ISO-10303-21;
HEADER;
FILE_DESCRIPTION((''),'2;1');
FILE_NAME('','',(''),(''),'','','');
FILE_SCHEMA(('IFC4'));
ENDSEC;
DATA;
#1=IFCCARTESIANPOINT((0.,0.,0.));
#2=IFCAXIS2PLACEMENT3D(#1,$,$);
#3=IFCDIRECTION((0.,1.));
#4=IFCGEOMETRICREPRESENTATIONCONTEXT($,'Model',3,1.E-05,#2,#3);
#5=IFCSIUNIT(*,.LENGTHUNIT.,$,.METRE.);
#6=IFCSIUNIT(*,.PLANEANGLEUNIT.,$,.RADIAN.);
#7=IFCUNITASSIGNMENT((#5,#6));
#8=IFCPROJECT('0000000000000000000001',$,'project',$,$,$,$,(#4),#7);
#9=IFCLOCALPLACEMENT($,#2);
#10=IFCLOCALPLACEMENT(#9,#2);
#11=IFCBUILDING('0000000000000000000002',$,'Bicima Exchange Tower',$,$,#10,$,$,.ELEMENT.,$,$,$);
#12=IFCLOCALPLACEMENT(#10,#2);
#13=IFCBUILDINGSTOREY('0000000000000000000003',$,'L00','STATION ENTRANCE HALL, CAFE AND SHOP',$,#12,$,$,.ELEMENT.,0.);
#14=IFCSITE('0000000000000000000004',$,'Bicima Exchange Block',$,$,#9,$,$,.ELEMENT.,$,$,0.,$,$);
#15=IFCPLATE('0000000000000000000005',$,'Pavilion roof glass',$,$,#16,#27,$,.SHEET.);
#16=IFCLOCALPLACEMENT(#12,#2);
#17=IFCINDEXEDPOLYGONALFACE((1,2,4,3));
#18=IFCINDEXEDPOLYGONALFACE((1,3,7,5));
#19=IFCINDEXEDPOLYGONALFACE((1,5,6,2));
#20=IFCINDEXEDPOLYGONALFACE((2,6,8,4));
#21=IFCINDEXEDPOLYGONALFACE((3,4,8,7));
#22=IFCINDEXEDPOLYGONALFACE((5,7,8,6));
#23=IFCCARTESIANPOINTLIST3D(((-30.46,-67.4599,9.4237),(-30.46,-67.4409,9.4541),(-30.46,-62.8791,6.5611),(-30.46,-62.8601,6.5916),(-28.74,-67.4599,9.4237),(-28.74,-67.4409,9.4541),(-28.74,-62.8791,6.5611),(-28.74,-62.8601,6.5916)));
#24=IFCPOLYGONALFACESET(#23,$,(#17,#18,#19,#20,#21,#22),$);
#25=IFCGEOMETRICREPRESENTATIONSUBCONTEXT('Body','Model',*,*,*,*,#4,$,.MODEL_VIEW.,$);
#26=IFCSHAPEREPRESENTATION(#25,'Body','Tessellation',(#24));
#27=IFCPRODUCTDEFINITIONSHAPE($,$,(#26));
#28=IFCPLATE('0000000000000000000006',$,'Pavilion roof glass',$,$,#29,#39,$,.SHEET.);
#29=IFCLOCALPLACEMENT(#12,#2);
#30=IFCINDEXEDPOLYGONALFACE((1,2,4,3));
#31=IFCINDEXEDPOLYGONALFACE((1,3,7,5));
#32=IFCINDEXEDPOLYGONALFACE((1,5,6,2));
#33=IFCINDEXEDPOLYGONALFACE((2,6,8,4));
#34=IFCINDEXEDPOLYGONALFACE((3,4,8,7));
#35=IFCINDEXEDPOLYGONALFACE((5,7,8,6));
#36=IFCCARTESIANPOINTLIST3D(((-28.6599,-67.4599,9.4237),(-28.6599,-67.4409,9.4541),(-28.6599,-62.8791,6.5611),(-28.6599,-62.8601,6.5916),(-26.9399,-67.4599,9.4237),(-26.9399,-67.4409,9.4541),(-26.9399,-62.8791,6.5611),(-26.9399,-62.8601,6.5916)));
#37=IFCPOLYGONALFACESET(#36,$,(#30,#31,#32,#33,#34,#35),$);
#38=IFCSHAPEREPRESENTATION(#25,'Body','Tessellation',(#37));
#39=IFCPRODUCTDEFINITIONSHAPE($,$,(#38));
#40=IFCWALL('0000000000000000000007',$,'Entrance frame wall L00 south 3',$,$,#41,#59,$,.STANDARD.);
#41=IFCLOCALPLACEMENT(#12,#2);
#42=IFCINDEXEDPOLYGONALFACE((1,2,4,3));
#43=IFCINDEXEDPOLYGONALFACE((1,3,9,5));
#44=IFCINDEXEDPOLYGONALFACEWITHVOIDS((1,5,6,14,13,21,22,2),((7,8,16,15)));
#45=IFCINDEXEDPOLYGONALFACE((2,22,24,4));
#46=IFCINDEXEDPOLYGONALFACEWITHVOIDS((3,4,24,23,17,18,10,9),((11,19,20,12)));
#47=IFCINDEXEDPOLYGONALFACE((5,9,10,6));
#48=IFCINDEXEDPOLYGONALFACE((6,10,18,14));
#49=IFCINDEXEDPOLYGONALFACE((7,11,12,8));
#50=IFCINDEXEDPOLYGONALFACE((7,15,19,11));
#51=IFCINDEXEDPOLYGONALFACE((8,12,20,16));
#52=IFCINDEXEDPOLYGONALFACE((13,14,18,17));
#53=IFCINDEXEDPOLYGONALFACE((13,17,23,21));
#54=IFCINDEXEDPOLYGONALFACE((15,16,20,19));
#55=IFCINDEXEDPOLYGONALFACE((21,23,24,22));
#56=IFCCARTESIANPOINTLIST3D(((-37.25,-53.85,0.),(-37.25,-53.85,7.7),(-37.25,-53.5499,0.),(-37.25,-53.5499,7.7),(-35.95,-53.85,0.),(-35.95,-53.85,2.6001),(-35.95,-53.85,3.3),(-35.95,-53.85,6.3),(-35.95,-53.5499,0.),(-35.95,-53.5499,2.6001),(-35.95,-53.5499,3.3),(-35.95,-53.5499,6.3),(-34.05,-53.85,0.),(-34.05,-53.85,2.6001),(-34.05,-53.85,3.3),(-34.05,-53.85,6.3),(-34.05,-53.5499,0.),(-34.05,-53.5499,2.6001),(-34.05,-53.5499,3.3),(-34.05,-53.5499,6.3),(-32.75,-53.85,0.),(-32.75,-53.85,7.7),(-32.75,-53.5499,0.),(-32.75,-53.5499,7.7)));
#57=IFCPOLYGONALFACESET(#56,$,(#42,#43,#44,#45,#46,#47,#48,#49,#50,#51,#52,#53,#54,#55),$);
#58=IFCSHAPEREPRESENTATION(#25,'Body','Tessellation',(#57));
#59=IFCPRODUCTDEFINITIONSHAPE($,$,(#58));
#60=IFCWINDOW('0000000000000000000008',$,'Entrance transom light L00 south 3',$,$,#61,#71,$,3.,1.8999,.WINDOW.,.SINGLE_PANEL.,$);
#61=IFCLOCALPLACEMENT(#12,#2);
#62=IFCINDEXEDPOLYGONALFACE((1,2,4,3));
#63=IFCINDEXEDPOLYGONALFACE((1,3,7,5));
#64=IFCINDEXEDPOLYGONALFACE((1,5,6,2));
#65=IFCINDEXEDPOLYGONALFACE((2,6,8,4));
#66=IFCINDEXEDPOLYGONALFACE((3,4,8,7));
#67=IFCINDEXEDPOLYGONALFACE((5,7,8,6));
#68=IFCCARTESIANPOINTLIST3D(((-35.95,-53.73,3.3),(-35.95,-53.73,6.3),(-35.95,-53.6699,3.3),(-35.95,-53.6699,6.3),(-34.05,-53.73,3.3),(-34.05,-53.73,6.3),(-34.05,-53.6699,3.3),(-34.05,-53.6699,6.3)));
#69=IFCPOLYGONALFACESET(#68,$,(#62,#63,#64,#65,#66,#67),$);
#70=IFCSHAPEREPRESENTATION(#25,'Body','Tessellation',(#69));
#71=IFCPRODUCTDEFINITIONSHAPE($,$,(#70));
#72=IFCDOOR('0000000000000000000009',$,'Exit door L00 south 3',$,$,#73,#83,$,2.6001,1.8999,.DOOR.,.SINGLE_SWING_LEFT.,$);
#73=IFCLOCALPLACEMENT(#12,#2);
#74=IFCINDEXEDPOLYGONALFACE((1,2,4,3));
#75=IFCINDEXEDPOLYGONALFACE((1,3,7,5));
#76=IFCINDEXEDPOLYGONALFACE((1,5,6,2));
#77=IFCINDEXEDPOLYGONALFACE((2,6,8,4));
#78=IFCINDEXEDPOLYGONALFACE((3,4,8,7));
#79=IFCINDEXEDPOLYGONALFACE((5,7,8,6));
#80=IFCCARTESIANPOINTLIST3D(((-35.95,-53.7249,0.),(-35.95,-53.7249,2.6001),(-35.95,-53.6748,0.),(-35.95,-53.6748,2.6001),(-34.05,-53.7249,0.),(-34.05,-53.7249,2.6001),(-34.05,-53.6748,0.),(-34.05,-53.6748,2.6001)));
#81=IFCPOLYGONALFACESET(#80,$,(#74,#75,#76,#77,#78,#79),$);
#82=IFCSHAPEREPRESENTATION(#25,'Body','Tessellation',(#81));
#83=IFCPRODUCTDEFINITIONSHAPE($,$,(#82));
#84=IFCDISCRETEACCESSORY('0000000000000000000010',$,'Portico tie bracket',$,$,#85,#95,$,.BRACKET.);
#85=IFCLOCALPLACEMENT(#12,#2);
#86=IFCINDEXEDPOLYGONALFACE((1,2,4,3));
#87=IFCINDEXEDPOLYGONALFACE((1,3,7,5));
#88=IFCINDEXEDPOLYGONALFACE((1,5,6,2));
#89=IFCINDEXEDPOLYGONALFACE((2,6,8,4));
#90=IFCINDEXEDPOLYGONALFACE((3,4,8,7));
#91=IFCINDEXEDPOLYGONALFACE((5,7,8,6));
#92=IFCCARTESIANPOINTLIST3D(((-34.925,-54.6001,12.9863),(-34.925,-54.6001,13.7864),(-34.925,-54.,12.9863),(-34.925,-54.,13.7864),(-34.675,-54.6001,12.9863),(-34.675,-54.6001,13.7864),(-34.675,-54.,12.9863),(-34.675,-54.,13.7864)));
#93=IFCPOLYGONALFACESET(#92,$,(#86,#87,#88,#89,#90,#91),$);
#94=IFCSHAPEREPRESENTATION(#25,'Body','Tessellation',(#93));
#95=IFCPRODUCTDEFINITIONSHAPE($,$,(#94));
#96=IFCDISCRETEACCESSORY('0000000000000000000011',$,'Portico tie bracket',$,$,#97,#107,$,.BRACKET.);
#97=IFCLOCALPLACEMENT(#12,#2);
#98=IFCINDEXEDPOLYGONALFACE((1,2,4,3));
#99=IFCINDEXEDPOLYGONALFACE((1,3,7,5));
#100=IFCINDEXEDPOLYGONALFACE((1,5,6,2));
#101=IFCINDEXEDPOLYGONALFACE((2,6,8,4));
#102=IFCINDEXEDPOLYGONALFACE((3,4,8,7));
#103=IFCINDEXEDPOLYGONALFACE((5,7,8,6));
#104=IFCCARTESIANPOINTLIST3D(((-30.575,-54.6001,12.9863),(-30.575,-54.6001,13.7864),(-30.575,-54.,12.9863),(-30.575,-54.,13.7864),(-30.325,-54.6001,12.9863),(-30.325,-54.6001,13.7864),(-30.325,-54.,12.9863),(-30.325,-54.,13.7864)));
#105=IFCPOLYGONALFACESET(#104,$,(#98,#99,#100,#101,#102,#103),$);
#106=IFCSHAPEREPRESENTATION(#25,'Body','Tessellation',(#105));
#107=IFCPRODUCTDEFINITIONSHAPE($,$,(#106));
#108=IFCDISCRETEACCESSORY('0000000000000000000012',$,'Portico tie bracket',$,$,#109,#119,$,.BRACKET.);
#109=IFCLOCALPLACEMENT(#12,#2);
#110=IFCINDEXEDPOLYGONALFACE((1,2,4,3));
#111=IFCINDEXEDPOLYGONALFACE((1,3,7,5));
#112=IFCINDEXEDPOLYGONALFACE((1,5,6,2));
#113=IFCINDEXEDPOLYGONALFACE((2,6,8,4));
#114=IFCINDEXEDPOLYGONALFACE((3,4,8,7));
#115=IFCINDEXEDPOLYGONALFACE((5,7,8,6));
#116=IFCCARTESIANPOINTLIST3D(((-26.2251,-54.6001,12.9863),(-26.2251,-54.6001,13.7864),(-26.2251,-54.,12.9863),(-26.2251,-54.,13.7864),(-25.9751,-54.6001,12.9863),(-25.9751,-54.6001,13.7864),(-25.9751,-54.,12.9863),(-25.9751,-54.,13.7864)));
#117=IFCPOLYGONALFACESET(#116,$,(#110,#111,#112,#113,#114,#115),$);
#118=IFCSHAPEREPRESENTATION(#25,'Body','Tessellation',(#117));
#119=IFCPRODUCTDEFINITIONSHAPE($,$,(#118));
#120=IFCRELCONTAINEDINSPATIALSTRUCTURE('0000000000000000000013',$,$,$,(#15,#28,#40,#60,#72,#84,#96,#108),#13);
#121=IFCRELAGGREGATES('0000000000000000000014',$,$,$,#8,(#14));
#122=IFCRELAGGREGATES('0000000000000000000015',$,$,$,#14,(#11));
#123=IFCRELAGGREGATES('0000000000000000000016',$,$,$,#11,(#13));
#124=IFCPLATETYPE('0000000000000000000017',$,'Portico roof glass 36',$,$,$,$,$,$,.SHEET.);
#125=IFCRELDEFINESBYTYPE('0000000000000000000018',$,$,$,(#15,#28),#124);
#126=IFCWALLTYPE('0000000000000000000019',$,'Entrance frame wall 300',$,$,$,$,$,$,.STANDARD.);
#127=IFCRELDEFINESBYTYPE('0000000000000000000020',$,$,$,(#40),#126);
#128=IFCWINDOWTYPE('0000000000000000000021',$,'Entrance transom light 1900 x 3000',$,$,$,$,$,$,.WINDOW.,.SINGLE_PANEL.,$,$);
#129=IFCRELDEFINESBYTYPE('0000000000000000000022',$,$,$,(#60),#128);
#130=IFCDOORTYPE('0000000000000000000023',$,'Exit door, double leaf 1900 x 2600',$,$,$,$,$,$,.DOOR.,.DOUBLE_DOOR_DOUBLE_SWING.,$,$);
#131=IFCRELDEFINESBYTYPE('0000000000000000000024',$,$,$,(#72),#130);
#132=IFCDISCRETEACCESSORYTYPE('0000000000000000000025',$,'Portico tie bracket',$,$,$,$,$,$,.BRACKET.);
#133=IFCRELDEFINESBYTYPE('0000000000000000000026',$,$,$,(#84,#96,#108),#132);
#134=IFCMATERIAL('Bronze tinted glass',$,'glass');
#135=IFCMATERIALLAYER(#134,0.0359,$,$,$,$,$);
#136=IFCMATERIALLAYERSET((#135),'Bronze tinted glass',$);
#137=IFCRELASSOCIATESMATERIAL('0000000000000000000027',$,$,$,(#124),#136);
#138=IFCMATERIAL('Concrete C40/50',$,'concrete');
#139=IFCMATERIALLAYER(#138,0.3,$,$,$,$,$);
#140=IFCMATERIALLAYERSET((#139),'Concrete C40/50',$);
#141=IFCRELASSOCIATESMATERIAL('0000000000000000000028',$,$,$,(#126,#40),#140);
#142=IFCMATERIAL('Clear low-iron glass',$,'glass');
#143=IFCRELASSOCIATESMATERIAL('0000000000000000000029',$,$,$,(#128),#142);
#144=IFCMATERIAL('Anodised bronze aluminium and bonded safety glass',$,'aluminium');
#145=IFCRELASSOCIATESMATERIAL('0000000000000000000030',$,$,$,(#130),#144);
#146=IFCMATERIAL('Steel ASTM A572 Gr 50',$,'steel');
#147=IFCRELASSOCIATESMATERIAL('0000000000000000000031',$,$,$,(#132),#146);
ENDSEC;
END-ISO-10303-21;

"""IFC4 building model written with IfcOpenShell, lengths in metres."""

from ifc_helpers import new_model, si_unit, direction, frame, frame_2d, origin, origin_2d, place, context, subcontext, project, spatial, polyline, rectangle, outline, extrude, material, layer, layer_set, layer_usage, type_object, element, fill, save


model = new_model("IFC4")

# Units and contexts
model_context = context("Model", 3, precision=1e-05, world=origin(), true_north=direction((0.0, 1.0)))
body_context = subcontext(model_context, "Body", "Model", "MODEL_VIEW")
ifc_project = project(units=[si_unit("LENGTHUNIT", "METRE"), si_unit("PLANEANGLEUNIT", "RADIAN")], contexts=[model_context])

# Site, building, storey
site_placement = place(None, origin())
site = spatial("IfcSite", under=ifc_project, at=site_placement, Name="Bicima Exchange Block", CompositionType="ELEMENT", RefElevation=0.0)
building_placement = place(site_placement, origin())
building = spatial("IfcBuilding", under=site, at=building_placement, Name="Bicima Exchange Tower", CompositionType="ELEMENT")
storey_placement = place(building_placement, origin())
storey = spatial("IfcBuildingStorey", under=building, at=storey_placement, Name="L00", Description="STATION ENTRANCE HALL, CAFE AND SHOP", CompositionType="ELEMENT", Elevation=0.0)

# Shared definitions
ifc_material_1 = material(Name="Steel ASTM A572 Gr 50", Category="steel")

# Shared definitions
ifc_material_2 = material(Name="Clear low-iron glass", Category="glass")

# Plates
ifc_material_3 = material(Name="Bronze tinted glass", Category="glass")
ifc_layer_1 = layer(ifc_material_3, 0.0359)
ifc_layer_set_1 = layer_set([ifc_layer_1], Name="Bronze tinted glass")
plate_type_1 = type_object("IfcPlateType", Name="Portico roof glass 36", PredefinedType="SHEET", material=ifc_layer_set_1)
for number, where, z_axis, x_axis, name in (
    (1, (-30.46, -62.8601, 6.5916), (0.0, 0.529938, 0.848036), (1.0, 0.0, 0.0), "Pavilion roof glass"),
    (2, (-28.6599, -62.8601, 6.5916), (0.0, 0.529938, 0.848036), (1.0, 0.0, 0.0), "Pavilion roof glass"),
):
    element("IfcPlate", number, at=place(storey_placement, frame(where, z_axis=z_axis, x_axis=x_axis)), inside=storey, type_object=plate_type_1, Name=name, PredefinedType="SHEET", context=body_context, shape_type="SweptSolid", body=[
        extrude(outline(polyline([(0.0, 0.0), (1.72, 0.0), (1.72, -5.4017), (0.0, -5.4017), (0.0, 0.0)])), origin(), (0.0, 0.0, -1.0), 0.0359),
    ])

# Wall, openings, window, door
ifc_material_4 = material(Name="Concrete C40/50", Category="concrete")
ifc_layer_2 = layer(ifc_material_4, 0.3)
ifc_layer_set_2 = layer_set([ifc_layer_2], Name="Concrete C40/50")
ifc_layer_usage = layer_usage(ifc_layer_set_2, "AXIS2", "POSITIVE", -0.15)
wall_type = type_object("IfcWallType", Name="Entrance frame wall 300", PredefinedType="STANDARD", material=ifc_layer_set_2)
wall_placement = place(storey_placement, frame((-32.75, -53.7, 0.0), z_axis=(0.0, 0.0, 1.0), x_axis=(-1.0, 0.0, 0.0)))
wall = element("IfcWall", 3, at=wall_placement, inside=storey, type_object=wall_type, material=ifc_layer_usage, Name="Entrance frame wall L00 south 3", PredefinedType="STANDARD", context=body_context, shape_type="SweptSolid", body=[
    extrude(rectangle(XDim=4.5, YDim=0.3, at=frame_2d((2.25, 0.0))), origin(), (0.0, 0.0, 1.0), 7.7),
])
opening_1_placement = place(wall_placement, frame((1.3, 0.0, 0.0)))
opening_1 = element("IfcOpeningElement", 4, at=opening_1_placement, cuts=wall, PredefinedType="OPENING", context=body_context, shape_type="SweptSolid", body=[
    extrude(rectangle(XDim=1.8999, YDim=2.6001, at=frame_2d((0.95, 1.3))), frame((0.0, 0.1621, 0.0), z_axis=(0.0, -1.0, 0.0), x_axis=(1.0, 0.0, 0.0)), (0.0, 0.0, 1.0), 0.324),
])
opening_2_placement = place(wall_placement, frame((1.3, 0.0, 3.3)))
opening_2 = element("IfcOpeningElement", 5, at=opening_2_placement, cuts=wall, PredefinedType="OPENING", context=body_context, shape_type="SweptSolid", body=[
    extrude(rectangle(XDim=1.8999, YDim=3.0, at=frame_2d((0.95, 1.5))), frame((0.0, 0.1621, 0.0), z_axis=(0.0, -1.0, 0.0), x_axis=(1.0, 0.0, 0.0)), (0.0, 0.0, 1.0), 0.324),
])
window_type = type_object("IfcWindowType", Name="Entrance transom light 1900 x 3000", PartitioningType="SINGLE_PANEL", PredefinedType="WINDOW", material=ifc_material_2)
window_placement = place(opening_2_placement, origin())
window = element("IfcWindow", 6, at=window_placement, inside=storey, type_object=window_type, Name="Entrance transom light L00 south 3", OverallHeight=3.0, OverallWidth=1.8999, PartitioningType="SINGLE_PANEL", PredefinedType="WINDOW", context=body_context, shape_type="SweptSolid", body=[
    extrude(rectangle(XDim=1.8999, YDim=3.0, at=frame_2d((0.95, 1.5))), frame((0.0, 0.03, 0.0), z_axis=(0.0, -1.0, 0.0), x_axis=(1.0, 0.0, 0.0)), (0.0, 0.0, 1.0), 0.0601),
])
fill(opening_2, window)
ifc_material_5 = material(Name="Anodised bronze aluminium and bonded safety glass", Category="aluminium")
door_type = type_object("IfcDoorType", Name="Exit door, double leaf 1900 x 2600", OperationType="DOUBLE_DOOR_DOUBLE_SWING", PredefinedType="DOOR", material=ifc_material_5)
door_placement = place(opening_1_placement, origin())
door = element("IfcDoor", 7, at=door_placement, inside=storey, type_object=door_type, Name="Exit door L00 south 3", OperationType="SINGLE_SWING_LEFT", OverallHeight=2.6001, OverallWidth=1.8999, PredefinedType="DOOR", context=body_context, shape_type="SweptSolid", body=[
    extrude(rectangle(XDim=1.8999, YDim=2.6001, at=frame_2d((0.95, 1.3))), frame((0.0, 0.0249, 0.0), z_axis=(0.0, -1.0, 0.0), x_axis=(1.0, 0.0, 0.0)), (0.0, 0.0, 1.0), 0.05),
])
fill(opening_1, door)

# Discrete accessories
discrete_accessory_type = type_object("IfcDiscreteAccessoryType", Name="Portico tie bracket", PredefinedType="BRACKET", material=ifc_material_1)
for number, where, z_axis, x_axis, name in (
    (8, (-34.8, -54.3, 12.9863), (0.0, 0.0, 1.0), (1.0, 0.0, 0.0), "Portico tie bracket"),
    (9, (-30.45, -54.3, 12.9863), (0.0, 0.0, 1.0), (1.0, 0.0, 0.0), "Portico tie bracket"),
    (10, (-26.1001, -54.3, 12.9863), (0.0, 0.0, 1.0), (1.0, 0.0, 0.0), "Portico tie bracket"),
):
    element("IfcDiscreteAccessory", number, at=place(storey_placement, frame(where, z_axis=z_axis, x_axis=x_axis)), inside=storey, type_object=discrete_accessory_type, Name=name, PredefinedType="BRACKET", context=body_context, shape_type="SweptSolid", body=[
        extrude(rectangle(XDim=0.25, YDim=0.6001, at=origin_2d()), origin(), (0.0, 0.0, 1.0), 0.8),
    ])

save(model, "model.ifc")
